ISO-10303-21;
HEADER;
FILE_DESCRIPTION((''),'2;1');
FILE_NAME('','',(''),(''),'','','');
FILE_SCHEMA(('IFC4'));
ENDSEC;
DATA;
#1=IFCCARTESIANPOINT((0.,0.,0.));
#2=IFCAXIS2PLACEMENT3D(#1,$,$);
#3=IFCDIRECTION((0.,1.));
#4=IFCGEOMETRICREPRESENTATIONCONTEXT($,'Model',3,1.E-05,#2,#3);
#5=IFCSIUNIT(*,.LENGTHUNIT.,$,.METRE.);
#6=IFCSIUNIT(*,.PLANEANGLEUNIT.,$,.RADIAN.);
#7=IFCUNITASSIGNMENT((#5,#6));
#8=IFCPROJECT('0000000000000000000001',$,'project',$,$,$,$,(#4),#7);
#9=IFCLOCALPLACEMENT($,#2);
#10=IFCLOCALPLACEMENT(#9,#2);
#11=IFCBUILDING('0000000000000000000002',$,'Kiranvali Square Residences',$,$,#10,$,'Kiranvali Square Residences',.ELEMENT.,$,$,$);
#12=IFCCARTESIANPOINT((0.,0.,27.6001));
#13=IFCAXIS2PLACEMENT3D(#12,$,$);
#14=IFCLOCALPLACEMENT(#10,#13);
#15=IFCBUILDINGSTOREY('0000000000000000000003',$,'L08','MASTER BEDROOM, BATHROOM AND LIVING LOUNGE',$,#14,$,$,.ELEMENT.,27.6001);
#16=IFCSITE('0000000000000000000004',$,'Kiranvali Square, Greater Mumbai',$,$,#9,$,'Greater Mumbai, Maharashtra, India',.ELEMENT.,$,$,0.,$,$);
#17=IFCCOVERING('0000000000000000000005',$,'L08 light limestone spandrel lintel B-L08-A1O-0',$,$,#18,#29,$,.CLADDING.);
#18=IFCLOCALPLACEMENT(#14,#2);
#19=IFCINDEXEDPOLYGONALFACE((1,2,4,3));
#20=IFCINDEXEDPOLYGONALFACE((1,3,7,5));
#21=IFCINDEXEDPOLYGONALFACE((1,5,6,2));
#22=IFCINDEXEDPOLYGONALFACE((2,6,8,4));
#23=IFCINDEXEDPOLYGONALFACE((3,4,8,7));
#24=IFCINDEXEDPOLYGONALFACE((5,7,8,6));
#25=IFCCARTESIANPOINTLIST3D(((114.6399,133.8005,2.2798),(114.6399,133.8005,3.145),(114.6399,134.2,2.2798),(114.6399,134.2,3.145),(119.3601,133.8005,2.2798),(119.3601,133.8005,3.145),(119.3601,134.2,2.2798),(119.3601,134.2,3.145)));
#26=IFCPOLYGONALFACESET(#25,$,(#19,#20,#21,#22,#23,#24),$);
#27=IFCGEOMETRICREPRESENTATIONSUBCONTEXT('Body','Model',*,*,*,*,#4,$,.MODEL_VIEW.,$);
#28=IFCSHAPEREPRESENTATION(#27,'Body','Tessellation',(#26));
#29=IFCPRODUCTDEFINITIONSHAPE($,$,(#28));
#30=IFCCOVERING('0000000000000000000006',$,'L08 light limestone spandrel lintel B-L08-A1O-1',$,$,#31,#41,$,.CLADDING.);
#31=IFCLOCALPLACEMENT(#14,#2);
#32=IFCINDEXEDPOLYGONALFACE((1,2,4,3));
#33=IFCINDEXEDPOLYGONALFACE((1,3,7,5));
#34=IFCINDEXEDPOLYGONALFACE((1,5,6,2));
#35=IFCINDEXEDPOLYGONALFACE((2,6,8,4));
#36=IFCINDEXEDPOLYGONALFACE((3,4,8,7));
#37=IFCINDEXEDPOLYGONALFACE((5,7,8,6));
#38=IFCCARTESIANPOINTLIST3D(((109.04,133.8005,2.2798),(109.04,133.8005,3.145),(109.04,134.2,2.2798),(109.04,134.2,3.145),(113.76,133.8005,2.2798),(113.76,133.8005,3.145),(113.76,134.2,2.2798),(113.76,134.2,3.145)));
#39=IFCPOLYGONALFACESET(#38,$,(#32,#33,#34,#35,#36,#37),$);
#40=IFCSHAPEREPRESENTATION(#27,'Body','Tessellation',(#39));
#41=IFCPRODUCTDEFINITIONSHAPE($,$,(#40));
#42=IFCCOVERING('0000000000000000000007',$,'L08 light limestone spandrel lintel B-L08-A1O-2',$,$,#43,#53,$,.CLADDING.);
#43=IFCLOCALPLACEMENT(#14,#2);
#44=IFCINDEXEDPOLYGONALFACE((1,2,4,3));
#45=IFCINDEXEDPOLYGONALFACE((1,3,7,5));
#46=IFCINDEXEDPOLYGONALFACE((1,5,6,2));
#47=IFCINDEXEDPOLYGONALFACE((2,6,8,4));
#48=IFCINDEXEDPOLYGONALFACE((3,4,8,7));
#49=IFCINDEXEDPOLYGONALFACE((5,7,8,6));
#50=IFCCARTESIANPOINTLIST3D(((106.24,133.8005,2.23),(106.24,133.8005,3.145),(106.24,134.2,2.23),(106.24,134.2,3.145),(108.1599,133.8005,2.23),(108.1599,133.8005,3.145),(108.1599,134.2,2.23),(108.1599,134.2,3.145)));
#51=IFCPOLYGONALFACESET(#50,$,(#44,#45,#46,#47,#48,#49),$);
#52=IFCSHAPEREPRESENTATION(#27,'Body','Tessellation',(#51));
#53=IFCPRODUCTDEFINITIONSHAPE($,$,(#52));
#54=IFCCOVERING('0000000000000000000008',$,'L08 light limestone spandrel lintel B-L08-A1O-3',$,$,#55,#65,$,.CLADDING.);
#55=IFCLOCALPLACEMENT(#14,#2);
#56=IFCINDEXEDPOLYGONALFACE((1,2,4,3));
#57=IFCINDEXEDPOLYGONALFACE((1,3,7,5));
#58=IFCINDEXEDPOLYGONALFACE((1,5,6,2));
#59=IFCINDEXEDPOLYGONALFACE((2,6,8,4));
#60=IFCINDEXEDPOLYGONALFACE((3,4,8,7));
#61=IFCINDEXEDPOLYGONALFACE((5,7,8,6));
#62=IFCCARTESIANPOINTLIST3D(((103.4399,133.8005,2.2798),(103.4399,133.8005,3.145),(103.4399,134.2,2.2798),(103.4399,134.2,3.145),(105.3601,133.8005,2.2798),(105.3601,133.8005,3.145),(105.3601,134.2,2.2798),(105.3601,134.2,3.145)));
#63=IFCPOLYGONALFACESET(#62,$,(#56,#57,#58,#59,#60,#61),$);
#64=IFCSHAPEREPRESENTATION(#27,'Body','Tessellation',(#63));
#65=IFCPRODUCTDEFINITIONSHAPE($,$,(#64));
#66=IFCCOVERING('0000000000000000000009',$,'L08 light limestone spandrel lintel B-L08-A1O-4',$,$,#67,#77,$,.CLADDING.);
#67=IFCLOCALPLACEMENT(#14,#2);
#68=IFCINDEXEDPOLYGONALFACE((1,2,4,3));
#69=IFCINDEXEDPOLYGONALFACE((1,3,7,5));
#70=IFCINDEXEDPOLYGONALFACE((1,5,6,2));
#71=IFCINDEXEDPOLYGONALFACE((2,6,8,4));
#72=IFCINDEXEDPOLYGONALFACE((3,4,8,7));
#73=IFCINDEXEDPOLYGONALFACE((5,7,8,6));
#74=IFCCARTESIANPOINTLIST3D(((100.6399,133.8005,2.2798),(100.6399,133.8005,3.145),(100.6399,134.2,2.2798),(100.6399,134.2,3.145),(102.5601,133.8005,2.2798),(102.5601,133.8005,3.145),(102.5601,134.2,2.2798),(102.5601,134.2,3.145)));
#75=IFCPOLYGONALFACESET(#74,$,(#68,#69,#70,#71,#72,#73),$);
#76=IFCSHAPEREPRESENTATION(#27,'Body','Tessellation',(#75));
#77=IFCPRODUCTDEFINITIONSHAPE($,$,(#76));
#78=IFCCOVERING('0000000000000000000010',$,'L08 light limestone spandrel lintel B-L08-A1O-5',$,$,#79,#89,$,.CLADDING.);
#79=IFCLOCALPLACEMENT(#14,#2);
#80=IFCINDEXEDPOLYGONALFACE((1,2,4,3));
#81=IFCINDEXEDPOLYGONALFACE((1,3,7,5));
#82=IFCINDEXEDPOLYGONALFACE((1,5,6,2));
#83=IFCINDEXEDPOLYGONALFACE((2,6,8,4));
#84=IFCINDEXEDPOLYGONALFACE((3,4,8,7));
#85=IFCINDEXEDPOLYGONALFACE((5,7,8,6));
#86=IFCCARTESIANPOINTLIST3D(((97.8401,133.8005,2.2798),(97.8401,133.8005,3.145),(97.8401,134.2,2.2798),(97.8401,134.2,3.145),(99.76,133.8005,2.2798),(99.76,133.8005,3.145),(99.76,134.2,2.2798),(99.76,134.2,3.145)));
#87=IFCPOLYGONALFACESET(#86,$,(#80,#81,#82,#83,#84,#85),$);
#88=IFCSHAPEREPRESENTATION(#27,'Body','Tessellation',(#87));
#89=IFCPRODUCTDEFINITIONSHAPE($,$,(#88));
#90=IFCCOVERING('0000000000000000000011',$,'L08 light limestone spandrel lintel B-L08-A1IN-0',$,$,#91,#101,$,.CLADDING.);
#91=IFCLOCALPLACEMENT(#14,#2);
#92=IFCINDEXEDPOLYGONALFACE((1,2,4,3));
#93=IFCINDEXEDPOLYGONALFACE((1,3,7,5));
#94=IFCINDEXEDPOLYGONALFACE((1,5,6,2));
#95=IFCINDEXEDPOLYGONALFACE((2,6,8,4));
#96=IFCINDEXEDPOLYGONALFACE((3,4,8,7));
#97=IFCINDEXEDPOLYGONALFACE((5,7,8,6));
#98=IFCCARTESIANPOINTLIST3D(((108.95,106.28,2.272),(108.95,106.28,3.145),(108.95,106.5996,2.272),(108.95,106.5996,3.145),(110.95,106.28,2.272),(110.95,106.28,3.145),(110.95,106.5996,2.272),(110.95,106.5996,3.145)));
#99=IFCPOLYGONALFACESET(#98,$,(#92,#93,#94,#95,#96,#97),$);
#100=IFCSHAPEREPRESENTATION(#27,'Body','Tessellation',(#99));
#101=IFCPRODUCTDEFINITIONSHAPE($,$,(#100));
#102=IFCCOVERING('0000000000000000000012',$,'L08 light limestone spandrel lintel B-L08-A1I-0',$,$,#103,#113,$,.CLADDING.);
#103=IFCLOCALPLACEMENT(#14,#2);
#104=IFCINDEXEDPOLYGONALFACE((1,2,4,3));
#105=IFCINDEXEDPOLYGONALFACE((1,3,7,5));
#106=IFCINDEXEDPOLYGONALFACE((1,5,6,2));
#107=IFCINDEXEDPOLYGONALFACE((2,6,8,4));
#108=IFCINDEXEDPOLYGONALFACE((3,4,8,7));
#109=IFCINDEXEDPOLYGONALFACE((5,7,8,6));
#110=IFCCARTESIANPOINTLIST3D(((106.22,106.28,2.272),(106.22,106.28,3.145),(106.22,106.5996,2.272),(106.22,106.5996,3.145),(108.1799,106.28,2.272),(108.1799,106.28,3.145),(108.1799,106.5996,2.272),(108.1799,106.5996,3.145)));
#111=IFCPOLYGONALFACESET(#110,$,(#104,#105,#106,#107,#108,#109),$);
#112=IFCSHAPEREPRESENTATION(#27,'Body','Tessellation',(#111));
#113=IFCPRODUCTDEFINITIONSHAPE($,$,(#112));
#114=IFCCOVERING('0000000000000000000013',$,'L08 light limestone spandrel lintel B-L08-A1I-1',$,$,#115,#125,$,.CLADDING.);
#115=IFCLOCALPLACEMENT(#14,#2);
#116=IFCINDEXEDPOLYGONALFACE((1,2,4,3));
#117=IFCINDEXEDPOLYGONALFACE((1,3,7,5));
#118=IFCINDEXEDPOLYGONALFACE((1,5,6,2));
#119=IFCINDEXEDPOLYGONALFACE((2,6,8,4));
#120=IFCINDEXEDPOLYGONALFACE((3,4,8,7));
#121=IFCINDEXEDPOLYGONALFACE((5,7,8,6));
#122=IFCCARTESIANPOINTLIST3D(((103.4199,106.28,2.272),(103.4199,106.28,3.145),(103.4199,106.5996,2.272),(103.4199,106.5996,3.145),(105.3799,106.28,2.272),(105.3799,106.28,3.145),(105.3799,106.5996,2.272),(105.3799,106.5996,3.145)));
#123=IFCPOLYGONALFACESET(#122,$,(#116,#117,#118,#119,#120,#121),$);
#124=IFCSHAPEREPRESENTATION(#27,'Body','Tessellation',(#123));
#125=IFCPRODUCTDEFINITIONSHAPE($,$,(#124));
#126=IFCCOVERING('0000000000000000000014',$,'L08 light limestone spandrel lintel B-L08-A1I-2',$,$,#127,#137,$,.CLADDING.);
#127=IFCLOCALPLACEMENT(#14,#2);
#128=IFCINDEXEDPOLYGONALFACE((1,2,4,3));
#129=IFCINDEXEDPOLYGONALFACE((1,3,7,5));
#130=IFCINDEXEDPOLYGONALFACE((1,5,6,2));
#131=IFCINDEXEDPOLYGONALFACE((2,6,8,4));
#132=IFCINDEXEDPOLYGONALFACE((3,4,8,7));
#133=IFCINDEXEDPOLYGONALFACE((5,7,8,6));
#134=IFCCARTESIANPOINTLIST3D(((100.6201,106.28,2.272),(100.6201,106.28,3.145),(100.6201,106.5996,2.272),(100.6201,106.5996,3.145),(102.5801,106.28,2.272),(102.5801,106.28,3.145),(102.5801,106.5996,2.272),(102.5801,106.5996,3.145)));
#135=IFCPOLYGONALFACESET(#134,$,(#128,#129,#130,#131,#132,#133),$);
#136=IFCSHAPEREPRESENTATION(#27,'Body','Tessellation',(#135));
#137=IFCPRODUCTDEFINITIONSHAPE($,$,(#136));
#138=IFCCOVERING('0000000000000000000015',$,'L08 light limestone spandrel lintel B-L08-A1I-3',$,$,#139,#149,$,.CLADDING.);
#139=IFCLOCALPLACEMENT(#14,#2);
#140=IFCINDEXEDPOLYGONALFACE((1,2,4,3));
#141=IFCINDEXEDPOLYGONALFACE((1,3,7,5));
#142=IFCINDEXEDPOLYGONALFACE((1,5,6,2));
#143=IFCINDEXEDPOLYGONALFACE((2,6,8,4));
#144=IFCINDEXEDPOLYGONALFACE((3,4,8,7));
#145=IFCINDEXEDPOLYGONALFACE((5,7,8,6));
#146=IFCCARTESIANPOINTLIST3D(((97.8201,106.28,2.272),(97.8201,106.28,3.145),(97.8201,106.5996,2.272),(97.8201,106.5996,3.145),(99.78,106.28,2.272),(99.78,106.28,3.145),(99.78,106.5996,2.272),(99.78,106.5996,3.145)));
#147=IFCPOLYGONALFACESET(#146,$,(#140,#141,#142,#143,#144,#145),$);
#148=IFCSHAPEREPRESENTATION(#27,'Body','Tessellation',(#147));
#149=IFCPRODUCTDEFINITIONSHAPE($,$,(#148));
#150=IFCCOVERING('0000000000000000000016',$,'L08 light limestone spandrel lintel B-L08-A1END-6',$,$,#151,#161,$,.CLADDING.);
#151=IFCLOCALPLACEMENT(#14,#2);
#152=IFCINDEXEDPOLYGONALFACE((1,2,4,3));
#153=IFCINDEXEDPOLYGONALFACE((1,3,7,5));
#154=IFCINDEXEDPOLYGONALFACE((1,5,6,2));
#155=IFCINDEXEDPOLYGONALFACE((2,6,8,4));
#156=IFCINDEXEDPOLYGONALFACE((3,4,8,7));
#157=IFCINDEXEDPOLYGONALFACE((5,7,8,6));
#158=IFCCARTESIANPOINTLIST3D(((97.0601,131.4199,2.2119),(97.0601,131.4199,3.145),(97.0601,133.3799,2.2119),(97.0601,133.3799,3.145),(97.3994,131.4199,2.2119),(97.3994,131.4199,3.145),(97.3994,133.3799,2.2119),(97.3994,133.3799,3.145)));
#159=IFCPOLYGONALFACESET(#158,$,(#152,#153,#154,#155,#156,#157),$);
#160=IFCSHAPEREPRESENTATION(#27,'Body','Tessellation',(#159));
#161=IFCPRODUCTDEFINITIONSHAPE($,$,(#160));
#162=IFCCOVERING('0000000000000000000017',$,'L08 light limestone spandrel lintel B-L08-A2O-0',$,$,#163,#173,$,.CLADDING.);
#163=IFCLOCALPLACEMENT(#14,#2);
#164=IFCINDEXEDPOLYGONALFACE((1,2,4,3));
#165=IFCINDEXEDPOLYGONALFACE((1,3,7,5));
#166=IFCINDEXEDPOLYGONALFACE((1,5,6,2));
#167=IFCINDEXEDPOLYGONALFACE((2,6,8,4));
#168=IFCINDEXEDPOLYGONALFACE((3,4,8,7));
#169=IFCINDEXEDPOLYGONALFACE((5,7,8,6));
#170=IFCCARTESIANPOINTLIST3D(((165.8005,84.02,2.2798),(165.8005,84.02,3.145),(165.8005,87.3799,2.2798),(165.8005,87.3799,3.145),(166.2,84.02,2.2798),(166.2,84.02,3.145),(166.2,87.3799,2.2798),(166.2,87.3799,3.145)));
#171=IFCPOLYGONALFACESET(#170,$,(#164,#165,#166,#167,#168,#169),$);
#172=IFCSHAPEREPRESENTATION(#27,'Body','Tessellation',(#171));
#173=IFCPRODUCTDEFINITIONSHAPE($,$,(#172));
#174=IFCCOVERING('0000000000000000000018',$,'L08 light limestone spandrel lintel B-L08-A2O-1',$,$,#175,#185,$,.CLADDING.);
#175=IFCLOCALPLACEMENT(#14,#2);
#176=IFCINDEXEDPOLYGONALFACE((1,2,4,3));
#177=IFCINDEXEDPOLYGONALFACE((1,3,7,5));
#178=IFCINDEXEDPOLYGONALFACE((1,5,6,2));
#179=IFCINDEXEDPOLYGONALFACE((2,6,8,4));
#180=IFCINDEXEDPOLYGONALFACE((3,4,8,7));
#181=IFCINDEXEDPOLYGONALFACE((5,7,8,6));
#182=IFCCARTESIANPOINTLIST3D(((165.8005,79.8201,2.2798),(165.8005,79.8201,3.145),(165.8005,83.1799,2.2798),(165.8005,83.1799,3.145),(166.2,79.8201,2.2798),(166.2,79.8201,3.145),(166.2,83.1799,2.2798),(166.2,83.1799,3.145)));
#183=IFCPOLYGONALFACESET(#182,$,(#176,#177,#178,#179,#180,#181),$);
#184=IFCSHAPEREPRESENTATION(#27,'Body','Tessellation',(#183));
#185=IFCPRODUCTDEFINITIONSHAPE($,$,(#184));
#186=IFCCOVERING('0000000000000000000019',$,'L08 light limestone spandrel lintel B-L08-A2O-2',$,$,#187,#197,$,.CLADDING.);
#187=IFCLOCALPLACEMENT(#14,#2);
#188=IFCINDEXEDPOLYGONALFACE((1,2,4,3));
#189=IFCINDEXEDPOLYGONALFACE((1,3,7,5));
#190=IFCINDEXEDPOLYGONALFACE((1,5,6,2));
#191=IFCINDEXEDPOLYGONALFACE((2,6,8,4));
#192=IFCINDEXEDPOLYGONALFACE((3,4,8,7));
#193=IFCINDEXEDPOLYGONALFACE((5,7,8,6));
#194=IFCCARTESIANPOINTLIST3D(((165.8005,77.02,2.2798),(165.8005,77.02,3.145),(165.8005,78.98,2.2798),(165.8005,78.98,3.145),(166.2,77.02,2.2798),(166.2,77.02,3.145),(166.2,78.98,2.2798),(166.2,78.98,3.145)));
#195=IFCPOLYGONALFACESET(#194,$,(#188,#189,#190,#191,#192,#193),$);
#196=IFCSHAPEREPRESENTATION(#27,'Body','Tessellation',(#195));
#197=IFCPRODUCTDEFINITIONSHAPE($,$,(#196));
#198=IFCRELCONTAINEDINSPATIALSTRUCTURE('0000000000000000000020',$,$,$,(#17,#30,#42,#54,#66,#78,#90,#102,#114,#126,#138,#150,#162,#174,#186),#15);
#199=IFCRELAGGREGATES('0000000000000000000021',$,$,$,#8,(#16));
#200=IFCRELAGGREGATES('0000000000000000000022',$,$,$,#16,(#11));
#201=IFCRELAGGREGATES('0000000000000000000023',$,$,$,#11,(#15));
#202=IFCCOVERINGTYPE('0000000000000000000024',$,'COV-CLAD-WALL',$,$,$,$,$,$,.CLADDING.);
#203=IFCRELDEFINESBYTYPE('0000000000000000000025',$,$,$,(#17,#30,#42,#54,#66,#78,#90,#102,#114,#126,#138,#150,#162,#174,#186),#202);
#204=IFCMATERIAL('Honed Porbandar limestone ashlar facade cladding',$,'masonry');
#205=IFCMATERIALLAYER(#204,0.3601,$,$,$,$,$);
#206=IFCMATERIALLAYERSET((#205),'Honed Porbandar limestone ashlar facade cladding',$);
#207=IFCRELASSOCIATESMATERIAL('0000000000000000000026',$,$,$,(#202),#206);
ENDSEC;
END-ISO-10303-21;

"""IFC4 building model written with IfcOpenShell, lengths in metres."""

from ifc_helpers import new_model, si_unit, direction, frame, origin, place, context, subcontext, project, spatial, polyline, outline, extrude, material, layer, layer_set, type_object, element, save


model = new_model("IFC4")

# Units and contexts
model_context = context("Model", 3, precision=1e-05, world=origin(), true_north=direction((0.0, 1.0)))
body_context = subcontext(model_context, "Body", "Model", "MODEL_VIEW")
ifc_project = project(units=[si_unit("LENGTHUNIT", "METRE"), si_unit("PLANEANGLEUNIT", "RADIAN")], contexts=[model_context])

# Site, building, storey
site_placement = place(None, origin())
site = spatial("IfcSite", under=ifc_project, at=site_placement, Name="Kiranvali Square, Greater Mumbai", LongName="Greater Mumbai, Maharashtra, India", CompositionType="ELEMENT", RefElevation=0.0)
building_placement = place(site_placement, origin())
building = spatial("IfcBuilding", under=site, at=building_placement, Name="Kiranvali Square Residences", LongName="Kiranvali Square Residences", CompositionType="ELEMENT")
storey_placement = place(building_placement, frame((0.0, 0.0, 27.6001)))
storey = spatial("IfcBuildingStorey", under=building, at=storey_placement, Name="L08", Description="MASTER BEDROOM, BATHROOM AND LIVING LOUNGE", CompositionType="ELEMENT", Elevation=27.6001)

# Coverings
ifc_material = material(Name="Honed Porbandar limestone ashlar facade cladding", Category="masonry")
ifc_layer = layer(ifc_material, 0.3601)
ifc_layer_set = layer_set([ifc_layer], Name="Honed Porbandar limestone ashlar facade cladding")
covering_type = type_object("IfcCoveringType", Name="COV-CLAD-WALL", PredefinedType="CLADDING", material=ifc_layer_set)
covering_1_placement = place(storey_placement, frame((0.0, 0.0, 2.2798)))
element("IfcCovering", 1, at=covering_1_placement, inside=storey, type_object=covering_type, Name="L08 light limestone spandrel lintel B-L08-A1O-0", PredefinedType="CLADDING", context=body_context, shape_type="SweptSolid", body=[
    extrude(outline(polyline([(119.3601, 134.2), (114.6399, 134.2), (114.6399, 133.8005), (119.3601, 133.8005), (119.3601, 134.2)])), origin(), (0.0, 0.0, 1.0), 0.8652),
])
covering_2_placement = place(storey_placement, frame((0.0, 0.0, 2.2798)))
element("IfcCovering", 2, at=covering_2_placement, inside=storey, type_object=covering_type, Name="L08 light limestone spandrel lintel B-L08-A1O-1", PredefinedType="CLADDING", context=body_context, shape_type="SweptSolid", body=[
    extrude(outline(polyline([(113.76, 134.2), (109.04, 134.2), (109.04, 133.8005), (113.76, 133.8005), (113.76, 134.2)])), origin(), (0.0, 0.0, 1.0), 0.8652),
])
covering_3_placement = place(storey_placement, frame((0.0, 0.0, 2.23)))
element("IfcCovering", 3, at=covering_3_placement, inside=storey, type_object=covering_type, Name="L08 light limestone spandrel lintel B-L08-A1O-2", PredefinedType="CLADDING", context=body_context, shape_type="SweptSolid", body=[
    extrude(outline(polyline([(108.1599, 134.2), (106.24, 134.2), (106.24, 133.8005), (108.1599, 133.8005), (108.1599, 134.2)])), origin(), (0.0, 0.0, 1.0), 0.915),
])
covering_4_placement = place(storey_placement, frame((0.0, 0.0, 2.2798)))
element("IfcCovering", 4, at=covering_4_placement, inside=storey, type_object=covering_type, Name="L08 light limestone spandrel lintel B-L08-A1O-3", PredefinedType="CLADDING", context=body_context, shape_type="SweptSolid", body=[
    extrude(outline(polyline([(105.3601, 134.2), (103.4399, 134.2), (103.4399, 133.8005), (105.3601, 133.8005), (105.3601, 134.2)])), origin(), (0.0, 0.0, 1.0), 0.8652),
])
covering_5_placement = place(storey_placement, frame((0.0, 0.0, 2.2798)))
element("IfcCovering", 5, at=covering_5_placement, inside=storey, type_object=covering_type, Name="L08 light limestone spandrel lintel B-L08-A1O-4", PredefinedType="CLADDING", context=body_context, shape_type="SweptSolid", body=[
    extrude(outline(polyline([(102.5601, 134.2), (100.6399, 134.2), (100.6399, 133.8005), (102.5601, 133.8005), (102.5601, 134.2)])), origin(), (0.0, 0.0, 1.0), 0.8652),
])
covering_6_placement = place(storey_placement, frame((0.0, 0.0, 2.2798)))
element("IfcCovering", 6, at=covering_6_placement, inside=storey, type_object=covering_type, Name="L08 light limestone spandrel lintel B-L08-A1O-5", PredefinedType="CLADDING", context=body_context, shape_type="SweptSolid", body=[
    extrude(outline(polyline([(99.76, 134.2), (97.8401, 134.2), (97.8401, 133.8005), (99.76, 133.8005), (99.76, 134.2)])), origin(), (0.0, 0.0, 1.0), 0.8652),
])
covering_7_placement = place(storey_placement, frame((0.0, 0.0, 2.272)))
element("IfcCovering", 7, at=covering_7_placement, inside=storey, type_object=covering_type, Name="L08 light limestone spandrel lintel B-L08-A1IN-0", PredefinedType="CLADDING", context=body_context, shape_type="SweptSolid", body=[
    extrude(outline(polyline([(110.95, 106.5996), (108.95, 106.5996), (108.95, 106.28), (110.95, 106.28), (110.95, 106.5996)])), origin(), (0.0, 0.0, 1.0), 0.873),
])
covering_8_placement = place(storey_placement, frame((0.0, 0.0, 2.272)))
element("IfcCovering", 8, at=covering_8_placement, inside=storey, type_object=covering_type, Name="L08 light limestone spandrel lintel B-L08-A1I-0", PredefinedType="CLADDING", context=body_context, shape_type="SweptSolid", body=[
    extrude(outline(polyline([(108.1799, 106.5996), (106.22, 106.5996), (106.22, 106.28), (108.1799, 106.28), (108.1799, 106.5996)])), origin(), (0.0, 0.0, 1.0), 0.873),
])
covering_9_placement = place(storey_placement, frame((0.0, 0.0, 2.272)))
element("IfcCovering", 9, at=covering_9_placement, inside=storey, type_object=covering_type, Name="L08 light limestone spandrel lintel B-L08-A1I-1", PredefinedType="CLADDING", context=body_context, shape_type="SweptSolid", body=[
    extrude(outline(polyline([(105.3799, 106.5996), (103.4199, 106.5996), (103.4199, 106.28), (105.3799, 106.28), (105.3799, 106.5996)])), origin(), (0.0, 0.0, 1.0), 0.873),
])
covering_10_placement = place(storey_placement, frame((0.0, 0.0, 2.272)))
element("IfcCovering", 10, at=covering_10_placement, inside=storey, type_object=covering_type, Name="L08 light limestone spandrel lintel B-L08-A1I-2", PredefinedType="CLADDING", context=body_context, shape_type="SweptSolid", body=[
    extrude(outline(polyline([(102.5801, 106.5996), (100.6201, 106.5996), (100.6201, 106.28), (102.5801, 106.28), (102.5801, 106.5996)])), origin(), (0.0, 0.0, 1.0), 0.873),
])
covering_11_placement = place(storey_placement, frame((0.0, 0.0, 2.272)))
element("IfcCovering", 11, at=covering_11_placement, inside=storey, type_object=covering_type, Name="L08 light limestone spandrel lintel B-L08-A1I-3", PredefinedType="CLADDING", context=body_context, shape_type="SweptSolid", body=[
    extrude(outline(polyline([(99.78, 106.5996), (97.8201, 106.5996), (97.8201, 106.28), (99.78, 106.28), (99.78, 106.5996)])), origin(), (0.0, 0.0, 1.0), 0.873),
])
covering_12_placement = place(storey_placement, frame((0.0, 0.0, 2.2119)))
element("IfcCovering", 12, at=covering_12_placement, inside=storey, type_object=covering_type, Name="L08 light limestone spandrel lintel B-L08-A1END-6", PredefinedType="CLADDING", context=body_context, shape_type="SweptSolid", body=[
    extrude(outline(polyline([(97.3994, 131.4199), (97.3994, 133.3799), (97.0601, 133.3799), (97.0601, 131.4199), (97.3994, 131.4199)])), origin(), (0.0, 0.0, 1.0), 0.9331),
])
covering_13_placement = place(storey_placement, frame((0.0, 0.0, 2.2798)))
element("IfcCovering", 13, at=covering_13_placement, inside=storey, type_object=covering_type, Name="L08 light limestone spandrel lintel B-L08-A2O-0", PredefinedType="CLADDING", context=body_context, shape_type="SweptSolid", body=[
    extrude(outline(polyline([(165.8005, 87.3799), (165.8005, 84.02), (166.2, 84.02), (166.2, 87.3799), (165.8005, 87.3799)])), origin(), (0.0, 0.0, 1.0), 0.8652),
])
covering_14_placement = place(storey_placement, frame((0.0, 0.0, 2.2798)))
element("IfcCovering", 14, at=covering_14_placement, inside=storey, type_object=covering_type, Name="L08 light limestone spandrel lintel B-L08-A2O-1", PredefinedType="CLADDING", context=body_context, shape_type="SweptSolid", body=[
    extrude(outline(polyline([(165.8005, 83.1799), (165.8005, 79.8201), (166.2, 79.8201), (166.2, 83.1799), (165.8005, 83.1799)])), origin(), (0.0, 0.0, 1.0), 0.8652),
])
covering_15_placement = place(storey_placement, frame((0.0, 0.0, 2.2798)))
element("IfcCovering", 15, at=covering_15_placement, inside=storey, type_object=covering_type, Name="L08 light limestone spandrel lintel B-L08-A2O-2", PredefinedType="CLADDING", context=body_context, shape_type="SweptSolid", body=[
    extrude(outline(polyline([(165.8005, 78.98), (165.8005, 77.02), (166.2, 77.02), (166.2, 78.98), (165.8005, 78.98)])), origin(), (0.0, 0.0, 1.0), 0.8652),
])

save(model, "model.ifc")
